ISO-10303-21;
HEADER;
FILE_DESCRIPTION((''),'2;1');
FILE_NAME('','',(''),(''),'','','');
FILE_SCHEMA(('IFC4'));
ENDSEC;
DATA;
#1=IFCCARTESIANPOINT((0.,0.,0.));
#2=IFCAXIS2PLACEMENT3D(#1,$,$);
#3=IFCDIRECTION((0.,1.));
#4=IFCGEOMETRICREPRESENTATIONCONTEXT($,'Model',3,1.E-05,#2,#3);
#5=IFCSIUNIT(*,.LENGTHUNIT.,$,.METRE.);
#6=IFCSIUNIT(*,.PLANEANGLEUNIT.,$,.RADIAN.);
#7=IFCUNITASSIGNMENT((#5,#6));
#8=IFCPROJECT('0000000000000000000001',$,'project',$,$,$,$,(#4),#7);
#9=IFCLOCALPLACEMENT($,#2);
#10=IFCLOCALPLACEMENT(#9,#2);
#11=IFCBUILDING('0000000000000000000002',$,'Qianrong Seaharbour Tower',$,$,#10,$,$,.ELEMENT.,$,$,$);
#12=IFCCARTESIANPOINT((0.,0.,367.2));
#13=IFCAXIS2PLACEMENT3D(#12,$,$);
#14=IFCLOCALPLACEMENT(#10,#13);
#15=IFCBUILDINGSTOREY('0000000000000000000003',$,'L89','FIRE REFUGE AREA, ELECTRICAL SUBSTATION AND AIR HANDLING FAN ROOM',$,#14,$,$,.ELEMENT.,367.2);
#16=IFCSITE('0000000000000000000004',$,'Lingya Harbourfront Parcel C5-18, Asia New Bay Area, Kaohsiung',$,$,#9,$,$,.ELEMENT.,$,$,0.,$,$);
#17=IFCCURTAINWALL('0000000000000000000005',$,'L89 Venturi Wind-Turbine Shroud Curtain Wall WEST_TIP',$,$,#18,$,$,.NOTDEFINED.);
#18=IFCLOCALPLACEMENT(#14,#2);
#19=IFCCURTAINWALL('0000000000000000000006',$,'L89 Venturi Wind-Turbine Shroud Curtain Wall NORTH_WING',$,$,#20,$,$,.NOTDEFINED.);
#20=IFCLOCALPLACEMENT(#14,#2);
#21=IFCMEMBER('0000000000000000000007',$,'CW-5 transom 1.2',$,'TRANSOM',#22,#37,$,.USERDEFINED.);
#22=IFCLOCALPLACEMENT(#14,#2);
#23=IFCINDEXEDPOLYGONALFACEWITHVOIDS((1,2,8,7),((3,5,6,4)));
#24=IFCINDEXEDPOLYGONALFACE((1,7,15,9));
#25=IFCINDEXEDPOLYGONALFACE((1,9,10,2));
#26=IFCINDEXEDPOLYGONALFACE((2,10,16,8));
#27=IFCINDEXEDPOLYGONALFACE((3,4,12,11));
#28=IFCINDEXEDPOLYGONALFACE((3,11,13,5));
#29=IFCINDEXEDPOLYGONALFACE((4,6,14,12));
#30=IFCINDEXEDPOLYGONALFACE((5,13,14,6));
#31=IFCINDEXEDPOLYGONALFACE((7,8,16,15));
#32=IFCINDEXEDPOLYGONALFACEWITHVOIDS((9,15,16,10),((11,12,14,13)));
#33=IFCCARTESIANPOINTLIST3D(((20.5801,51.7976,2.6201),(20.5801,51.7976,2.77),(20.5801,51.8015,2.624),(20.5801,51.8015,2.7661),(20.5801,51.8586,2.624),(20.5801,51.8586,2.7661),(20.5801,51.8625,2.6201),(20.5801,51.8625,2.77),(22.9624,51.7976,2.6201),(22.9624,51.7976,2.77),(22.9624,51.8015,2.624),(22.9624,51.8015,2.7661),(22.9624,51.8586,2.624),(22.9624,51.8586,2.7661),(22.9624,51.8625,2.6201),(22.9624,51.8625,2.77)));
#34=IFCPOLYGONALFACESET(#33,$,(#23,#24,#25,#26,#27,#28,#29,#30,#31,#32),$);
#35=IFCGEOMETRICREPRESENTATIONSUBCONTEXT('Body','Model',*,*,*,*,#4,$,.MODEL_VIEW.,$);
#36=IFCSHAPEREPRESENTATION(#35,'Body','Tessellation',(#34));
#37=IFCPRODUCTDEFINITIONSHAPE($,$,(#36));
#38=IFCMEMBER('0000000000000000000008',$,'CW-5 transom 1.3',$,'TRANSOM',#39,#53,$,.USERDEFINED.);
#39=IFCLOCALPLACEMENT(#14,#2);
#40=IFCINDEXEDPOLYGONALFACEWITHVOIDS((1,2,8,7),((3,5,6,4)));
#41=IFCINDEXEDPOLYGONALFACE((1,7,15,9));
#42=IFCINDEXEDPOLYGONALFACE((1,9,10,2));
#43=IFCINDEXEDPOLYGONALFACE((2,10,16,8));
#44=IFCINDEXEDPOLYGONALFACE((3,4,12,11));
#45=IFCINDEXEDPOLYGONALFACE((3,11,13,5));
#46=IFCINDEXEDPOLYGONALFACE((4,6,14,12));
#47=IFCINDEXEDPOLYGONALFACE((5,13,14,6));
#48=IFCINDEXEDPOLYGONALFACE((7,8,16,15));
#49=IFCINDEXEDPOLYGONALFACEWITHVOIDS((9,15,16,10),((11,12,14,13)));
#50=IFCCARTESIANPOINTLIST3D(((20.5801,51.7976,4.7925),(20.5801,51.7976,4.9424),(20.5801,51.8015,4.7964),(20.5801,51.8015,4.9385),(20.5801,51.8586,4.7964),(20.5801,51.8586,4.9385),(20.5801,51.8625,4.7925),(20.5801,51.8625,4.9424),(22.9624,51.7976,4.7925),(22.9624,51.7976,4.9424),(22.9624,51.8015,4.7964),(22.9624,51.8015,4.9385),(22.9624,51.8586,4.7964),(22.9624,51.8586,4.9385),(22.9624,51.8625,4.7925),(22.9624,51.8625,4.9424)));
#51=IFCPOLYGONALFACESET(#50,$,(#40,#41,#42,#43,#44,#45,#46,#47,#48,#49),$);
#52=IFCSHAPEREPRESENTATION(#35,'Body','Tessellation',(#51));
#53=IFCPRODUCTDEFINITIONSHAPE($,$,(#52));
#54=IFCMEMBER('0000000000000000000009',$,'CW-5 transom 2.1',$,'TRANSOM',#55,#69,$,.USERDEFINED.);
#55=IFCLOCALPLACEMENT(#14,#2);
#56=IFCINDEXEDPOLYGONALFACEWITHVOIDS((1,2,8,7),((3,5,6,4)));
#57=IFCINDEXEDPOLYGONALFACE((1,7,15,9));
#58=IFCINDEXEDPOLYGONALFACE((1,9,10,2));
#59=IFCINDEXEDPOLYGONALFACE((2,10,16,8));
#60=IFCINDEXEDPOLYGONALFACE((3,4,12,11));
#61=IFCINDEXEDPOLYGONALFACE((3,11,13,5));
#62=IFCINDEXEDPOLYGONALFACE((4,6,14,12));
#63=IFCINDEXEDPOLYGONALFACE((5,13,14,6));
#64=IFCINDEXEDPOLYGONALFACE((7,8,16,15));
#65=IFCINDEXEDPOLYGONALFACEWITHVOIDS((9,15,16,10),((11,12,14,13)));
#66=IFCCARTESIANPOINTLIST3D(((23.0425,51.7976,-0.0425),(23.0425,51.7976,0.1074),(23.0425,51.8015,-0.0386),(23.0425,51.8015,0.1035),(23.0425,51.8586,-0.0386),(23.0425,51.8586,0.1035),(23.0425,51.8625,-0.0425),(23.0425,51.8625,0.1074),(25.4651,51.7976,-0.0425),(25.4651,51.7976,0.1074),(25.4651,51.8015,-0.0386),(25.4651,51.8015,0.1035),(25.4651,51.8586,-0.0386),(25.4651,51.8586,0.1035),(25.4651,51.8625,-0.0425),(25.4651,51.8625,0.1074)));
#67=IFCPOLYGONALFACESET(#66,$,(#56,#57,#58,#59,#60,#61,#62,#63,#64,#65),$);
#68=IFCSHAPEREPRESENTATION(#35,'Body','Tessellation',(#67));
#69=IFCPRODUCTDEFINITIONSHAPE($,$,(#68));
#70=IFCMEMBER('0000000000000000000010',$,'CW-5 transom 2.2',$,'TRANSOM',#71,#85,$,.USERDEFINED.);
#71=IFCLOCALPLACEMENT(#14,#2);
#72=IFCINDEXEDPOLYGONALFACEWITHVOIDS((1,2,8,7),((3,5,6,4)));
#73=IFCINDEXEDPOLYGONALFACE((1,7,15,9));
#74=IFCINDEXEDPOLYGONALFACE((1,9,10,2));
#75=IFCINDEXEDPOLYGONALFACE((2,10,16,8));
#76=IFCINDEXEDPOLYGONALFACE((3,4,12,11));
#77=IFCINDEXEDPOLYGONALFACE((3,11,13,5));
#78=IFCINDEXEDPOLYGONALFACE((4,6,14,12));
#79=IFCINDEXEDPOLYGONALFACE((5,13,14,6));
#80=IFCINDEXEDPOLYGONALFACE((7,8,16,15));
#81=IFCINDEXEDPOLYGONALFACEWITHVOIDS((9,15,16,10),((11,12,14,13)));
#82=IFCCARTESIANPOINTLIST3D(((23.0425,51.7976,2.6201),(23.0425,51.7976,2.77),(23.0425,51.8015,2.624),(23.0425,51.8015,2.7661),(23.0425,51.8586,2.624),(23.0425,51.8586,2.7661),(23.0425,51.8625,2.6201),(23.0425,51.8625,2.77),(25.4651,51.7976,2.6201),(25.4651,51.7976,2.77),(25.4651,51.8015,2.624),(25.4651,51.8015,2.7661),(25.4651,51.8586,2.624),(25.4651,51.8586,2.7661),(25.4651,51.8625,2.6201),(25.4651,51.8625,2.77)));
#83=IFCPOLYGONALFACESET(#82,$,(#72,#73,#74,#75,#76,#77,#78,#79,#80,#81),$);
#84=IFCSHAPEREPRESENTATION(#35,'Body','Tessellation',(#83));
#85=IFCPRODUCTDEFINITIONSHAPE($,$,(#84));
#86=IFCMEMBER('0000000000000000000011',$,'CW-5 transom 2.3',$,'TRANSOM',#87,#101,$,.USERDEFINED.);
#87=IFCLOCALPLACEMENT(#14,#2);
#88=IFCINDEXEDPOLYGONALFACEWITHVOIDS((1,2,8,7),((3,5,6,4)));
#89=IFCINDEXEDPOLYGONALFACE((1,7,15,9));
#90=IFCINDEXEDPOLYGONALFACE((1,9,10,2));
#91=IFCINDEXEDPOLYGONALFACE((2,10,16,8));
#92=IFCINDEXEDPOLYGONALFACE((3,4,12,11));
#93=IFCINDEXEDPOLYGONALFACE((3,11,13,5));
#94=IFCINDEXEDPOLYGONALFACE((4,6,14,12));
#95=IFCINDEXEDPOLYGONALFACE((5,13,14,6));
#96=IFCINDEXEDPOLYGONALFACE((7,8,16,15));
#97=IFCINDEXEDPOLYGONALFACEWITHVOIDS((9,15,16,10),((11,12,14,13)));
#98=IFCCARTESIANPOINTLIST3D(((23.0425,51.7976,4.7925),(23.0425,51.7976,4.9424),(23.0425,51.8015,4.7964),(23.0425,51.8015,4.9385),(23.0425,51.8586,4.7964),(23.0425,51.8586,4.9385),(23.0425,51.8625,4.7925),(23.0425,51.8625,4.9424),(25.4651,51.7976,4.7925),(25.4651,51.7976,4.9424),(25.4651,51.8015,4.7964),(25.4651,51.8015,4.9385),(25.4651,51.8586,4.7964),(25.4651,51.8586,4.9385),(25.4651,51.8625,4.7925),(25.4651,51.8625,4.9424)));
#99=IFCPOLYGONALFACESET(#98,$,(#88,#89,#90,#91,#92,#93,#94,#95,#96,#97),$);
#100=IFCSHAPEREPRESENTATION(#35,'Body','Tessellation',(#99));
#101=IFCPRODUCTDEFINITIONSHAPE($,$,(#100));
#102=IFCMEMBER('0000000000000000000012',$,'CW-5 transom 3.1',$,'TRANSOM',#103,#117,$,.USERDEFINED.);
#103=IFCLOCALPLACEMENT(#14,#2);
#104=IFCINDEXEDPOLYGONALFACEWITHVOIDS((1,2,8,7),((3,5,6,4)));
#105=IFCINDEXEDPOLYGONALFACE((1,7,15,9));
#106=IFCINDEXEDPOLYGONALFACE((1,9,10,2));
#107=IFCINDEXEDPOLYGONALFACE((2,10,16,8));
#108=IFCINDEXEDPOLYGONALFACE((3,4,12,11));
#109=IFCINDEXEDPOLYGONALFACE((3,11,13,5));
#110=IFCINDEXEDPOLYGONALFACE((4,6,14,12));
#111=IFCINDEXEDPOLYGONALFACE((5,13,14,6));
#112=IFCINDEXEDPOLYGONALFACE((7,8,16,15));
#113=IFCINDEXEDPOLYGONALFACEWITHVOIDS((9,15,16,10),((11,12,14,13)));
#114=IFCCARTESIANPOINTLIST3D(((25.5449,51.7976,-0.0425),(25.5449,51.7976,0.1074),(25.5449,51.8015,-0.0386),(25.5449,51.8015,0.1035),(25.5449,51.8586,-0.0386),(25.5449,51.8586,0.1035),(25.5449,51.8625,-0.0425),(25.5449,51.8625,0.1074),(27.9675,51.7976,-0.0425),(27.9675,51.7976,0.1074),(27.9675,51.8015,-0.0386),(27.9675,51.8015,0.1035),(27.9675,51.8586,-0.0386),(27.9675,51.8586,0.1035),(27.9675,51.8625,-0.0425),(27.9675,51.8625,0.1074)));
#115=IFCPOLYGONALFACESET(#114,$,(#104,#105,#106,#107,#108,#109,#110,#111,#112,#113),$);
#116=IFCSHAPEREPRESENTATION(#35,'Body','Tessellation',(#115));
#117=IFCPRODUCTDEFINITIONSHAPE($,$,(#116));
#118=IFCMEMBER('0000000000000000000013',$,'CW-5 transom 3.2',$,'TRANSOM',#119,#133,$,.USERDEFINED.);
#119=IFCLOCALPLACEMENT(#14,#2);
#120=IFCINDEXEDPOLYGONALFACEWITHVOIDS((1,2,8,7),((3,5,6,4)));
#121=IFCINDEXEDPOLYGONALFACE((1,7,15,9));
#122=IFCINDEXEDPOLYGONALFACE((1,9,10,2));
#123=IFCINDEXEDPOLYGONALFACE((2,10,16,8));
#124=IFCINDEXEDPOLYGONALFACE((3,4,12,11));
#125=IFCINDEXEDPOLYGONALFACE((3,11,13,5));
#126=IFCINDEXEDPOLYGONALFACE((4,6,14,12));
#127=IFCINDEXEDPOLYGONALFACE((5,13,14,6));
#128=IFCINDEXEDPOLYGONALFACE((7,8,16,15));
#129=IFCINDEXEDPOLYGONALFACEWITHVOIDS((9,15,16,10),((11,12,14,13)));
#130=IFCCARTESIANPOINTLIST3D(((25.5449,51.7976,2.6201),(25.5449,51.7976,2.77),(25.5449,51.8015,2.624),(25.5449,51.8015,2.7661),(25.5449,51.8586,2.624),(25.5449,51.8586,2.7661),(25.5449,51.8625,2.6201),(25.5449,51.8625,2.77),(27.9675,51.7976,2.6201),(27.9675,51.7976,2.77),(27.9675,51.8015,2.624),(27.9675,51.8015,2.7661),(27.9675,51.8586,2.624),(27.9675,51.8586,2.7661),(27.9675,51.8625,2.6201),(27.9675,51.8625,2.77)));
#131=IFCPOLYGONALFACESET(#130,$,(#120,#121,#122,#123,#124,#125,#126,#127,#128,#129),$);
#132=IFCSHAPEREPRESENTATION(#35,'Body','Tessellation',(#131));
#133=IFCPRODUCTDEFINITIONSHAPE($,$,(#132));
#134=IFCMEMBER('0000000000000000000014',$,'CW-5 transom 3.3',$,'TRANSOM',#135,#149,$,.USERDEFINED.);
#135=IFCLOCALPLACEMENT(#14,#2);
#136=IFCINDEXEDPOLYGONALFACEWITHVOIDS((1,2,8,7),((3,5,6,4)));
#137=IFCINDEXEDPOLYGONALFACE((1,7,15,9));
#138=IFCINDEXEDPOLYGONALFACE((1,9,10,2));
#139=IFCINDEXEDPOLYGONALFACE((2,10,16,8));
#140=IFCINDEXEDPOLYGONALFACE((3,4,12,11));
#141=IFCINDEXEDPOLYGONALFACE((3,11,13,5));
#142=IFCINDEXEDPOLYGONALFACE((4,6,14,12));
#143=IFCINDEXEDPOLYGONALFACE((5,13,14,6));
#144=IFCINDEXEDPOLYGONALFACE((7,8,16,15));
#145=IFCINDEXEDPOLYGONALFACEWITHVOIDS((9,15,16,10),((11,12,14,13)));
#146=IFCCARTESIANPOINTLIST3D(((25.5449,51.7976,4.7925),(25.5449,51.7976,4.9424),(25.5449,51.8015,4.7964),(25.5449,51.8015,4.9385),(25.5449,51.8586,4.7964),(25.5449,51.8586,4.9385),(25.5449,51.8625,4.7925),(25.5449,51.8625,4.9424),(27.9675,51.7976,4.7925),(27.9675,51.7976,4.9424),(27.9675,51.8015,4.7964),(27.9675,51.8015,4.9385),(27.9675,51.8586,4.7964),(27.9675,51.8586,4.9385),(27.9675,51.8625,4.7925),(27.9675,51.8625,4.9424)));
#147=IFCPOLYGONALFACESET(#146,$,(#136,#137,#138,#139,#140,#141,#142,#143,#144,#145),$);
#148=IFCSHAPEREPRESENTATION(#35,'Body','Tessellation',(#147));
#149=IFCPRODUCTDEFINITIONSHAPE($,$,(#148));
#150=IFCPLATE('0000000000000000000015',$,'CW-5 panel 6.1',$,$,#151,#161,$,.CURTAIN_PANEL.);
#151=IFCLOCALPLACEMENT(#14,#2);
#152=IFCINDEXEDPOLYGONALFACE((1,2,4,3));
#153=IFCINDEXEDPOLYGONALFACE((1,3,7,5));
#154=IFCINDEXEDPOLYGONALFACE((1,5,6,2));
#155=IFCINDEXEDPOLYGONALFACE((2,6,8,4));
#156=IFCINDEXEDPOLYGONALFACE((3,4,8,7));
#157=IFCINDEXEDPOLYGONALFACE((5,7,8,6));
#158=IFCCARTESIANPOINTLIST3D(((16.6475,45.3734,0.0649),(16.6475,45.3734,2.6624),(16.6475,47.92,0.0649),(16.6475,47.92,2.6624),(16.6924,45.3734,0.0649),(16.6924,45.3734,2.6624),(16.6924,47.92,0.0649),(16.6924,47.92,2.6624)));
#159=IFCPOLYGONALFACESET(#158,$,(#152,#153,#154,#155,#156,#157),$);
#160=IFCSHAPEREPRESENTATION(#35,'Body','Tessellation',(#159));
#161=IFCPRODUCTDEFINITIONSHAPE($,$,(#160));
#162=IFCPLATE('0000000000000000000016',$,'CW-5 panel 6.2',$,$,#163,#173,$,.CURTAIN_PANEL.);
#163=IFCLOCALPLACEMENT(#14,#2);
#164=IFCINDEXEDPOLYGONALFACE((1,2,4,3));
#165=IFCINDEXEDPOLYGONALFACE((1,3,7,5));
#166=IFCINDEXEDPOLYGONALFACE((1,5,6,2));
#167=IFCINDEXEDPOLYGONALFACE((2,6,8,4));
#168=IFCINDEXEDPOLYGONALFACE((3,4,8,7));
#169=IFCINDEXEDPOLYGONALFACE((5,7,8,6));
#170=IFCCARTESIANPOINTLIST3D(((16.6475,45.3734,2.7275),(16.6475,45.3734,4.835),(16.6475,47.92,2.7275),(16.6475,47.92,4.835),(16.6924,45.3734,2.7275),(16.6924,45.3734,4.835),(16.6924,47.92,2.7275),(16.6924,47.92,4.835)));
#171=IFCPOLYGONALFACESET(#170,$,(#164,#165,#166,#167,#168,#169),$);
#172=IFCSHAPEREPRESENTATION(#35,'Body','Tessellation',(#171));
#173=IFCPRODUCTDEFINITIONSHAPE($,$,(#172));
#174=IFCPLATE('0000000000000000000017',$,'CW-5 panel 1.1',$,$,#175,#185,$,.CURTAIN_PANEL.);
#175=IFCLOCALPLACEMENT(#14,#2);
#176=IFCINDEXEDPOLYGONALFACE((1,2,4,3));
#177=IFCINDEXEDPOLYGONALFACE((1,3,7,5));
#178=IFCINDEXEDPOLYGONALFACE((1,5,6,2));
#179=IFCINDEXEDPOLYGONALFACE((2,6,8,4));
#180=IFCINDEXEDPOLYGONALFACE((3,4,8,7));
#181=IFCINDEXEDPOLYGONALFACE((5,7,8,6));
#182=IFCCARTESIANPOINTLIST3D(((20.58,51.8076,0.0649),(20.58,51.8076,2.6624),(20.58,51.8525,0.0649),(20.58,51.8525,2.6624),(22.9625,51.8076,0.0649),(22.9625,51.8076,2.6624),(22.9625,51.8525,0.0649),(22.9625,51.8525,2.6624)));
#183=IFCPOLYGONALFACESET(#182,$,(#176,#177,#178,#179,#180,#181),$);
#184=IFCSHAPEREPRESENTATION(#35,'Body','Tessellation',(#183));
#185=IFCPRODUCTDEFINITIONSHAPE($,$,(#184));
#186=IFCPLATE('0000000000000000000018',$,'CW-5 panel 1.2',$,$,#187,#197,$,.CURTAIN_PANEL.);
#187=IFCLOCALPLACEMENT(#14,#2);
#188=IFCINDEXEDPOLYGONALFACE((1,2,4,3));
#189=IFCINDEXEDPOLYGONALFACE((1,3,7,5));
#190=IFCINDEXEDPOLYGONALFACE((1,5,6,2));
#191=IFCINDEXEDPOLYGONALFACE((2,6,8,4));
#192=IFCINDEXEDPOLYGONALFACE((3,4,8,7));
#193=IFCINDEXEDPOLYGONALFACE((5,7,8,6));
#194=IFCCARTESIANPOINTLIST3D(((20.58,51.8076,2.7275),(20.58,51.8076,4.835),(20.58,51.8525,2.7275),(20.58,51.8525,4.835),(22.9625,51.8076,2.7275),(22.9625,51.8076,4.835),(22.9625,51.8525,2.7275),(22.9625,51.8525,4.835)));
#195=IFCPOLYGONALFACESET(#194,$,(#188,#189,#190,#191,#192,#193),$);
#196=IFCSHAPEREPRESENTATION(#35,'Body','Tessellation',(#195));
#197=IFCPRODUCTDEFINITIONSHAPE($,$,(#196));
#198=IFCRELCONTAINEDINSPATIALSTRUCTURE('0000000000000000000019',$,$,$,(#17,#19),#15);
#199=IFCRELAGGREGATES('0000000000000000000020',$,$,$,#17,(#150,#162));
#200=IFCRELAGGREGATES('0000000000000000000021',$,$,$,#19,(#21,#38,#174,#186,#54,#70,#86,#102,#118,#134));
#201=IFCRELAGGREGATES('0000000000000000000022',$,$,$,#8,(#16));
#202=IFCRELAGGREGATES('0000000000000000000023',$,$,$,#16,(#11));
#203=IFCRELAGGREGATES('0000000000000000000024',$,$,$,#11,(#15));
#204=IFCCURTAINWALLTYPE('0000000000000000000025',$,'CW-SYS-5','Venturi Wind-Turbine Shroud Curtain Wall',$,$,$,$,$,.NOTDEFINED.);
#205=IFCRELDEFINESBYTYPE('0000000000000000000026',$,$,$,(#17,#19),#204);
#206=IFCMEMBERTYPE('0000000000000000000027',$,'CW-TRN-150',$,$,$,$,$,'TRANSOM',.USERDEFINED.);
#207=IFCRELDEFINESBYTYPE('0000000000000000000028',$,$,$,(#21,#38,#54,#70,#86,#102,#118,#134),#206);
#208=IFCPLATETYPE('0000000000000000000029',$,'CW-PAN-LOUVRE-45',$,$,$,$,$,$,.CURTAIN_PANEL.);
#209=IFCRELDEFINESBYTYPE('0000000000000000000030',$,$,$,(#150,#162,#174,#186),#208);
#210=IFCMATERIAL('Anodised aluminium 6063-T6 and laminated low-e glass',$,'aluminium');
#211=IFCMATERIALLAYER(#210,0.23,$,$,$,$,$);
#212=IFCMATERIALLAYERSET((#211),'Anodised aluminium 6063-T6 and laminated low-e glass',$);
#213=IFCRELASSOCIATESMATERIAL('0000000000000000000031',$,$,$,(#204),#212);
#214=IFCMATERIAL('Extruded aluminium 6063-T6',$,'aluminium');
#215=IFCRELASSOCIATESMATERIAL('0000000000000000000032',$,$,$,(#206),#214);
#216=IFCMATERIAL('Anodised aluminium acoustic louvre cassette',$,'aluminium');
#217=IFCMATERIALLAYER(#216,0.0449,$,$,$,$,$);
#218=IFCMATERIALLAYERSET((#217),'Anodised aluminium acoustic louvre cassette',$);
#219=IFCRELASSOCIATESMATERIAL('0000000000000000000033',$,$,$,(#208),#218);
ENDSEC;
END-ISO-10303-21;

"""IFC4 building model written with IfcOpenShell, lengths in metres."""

from ifc_helpers import new_model, si_unit, direction, frame, origin, origin_2d, place, context, subcontext, project, spatial, rectangle, hollow_rectangle, extrude, material, layer, layer_set, material_profile, profile_set, type_object, element, aggregate, save


model = new_model("IFC4")

# Units and contexts
model_context = context("Model", 3, precision=1e-05, world=origin(), true_north=direction((0.0, 1.0)))
body_context = subcontext(model_context, "Body", "Model", "MODEL_VIEW")
ifc_project = project(units=[si_unit("LENGTHUNIT", "METRE"), si_unit("PLANEANGLEUNIT", "RADIAN")], contexts=[model_context])

# Site, building, storey
site_placement = place(None, origin())
site = spatial("IfcSite", under=ifc_project, at=site_placement, Name="Lingya Harbourfront Parcel C5-18, Asia New Bay Area, Kaohsiung", CompositionType="ELEMENT", RefElevation=0.0)
building_placement = place(site_placement, origin())
building = spatial("IfcBuilding", under=site, at=building_placement, Name="Qianrong Seaharbour Tower", CompositionType="ELEMENT")
storey_placement = place(building_placement, frame((0.0, 0.0, 367.2)))
storey = spatial("IfcBuildingStorey", under=building, at=storey_placement, Name="L89", Description="FIRE REFUGE AREA, ELECTRICAL SUBSTATION AND AIR HANDLING FAN ROOM", CompositionType="ELEMENT", Elevation=367.2)

# Curtain wall
ifc_material_1 = material(Name="Anodised aluminium 6063-T6 and laminated low-e glass", Category="aluminium")
ifc_layer_1 = layer(ifc_material_1, 0.23)
ifc_layer_set_1 = layer_set([ifc_layer_1], Name="Anodised aluminium 6063-T6 and laminated low-e glass")
curtain_wall_type = type_object("IfcCurtainWallType", Name="CW-SYS-5", Description="Venturi Wind-Turbine Shroud Curtain Wall", PredefinedType="NOTDEFINED", material=ifc_layer_set_1)
curtain_wall_1_placement = place(storey_placement, origin())
curtain_wall_1 = element("IfcCurtainWall", 1, at=curtain_wall_1_placement, inside=storey, type_object=curtain_wall_type, Name="L89 Venturi Wind-Turbine Shroud Curtain Wall WEST_TIP", PredefinedType="NOTDEFINED")
ifc_material_2 = material(Name="Extruded aluminium 6063-T6", Category="aluminium")

# Curtain wall, members
curtain_wall_2_placement = place(storey_placement, origin())
curtain_wall_2 = element("IfcCurtainWall", 2, at=curtain_wall_2_placement, inside=storey, type_object=curtain_wall_type, Name="L89 Venturi Wind-Turbine Shroud Curtain Wall NORTH_WING", PredefinedType="NOTDEFINED")
ifc_material_profile_1 = material_profile(ifc_material_2, hollow_rectangle(XDim=0.0649, YDim=0.1499, WallThickness=0.0039, at=origin_2d()), Name="ALU-TRN-150x65x4")
ifc_profile_set_1 = profile_set([ifc_material_profile_1], Name="Extruded aluminium 6063-T6")
member_type_1 = type_object("IfcMemberType", Name="CW-TRN-150", ElementType="TRANSOM", PredefinedType="USERDEFINED", material=ifc_profile_set_1)
member_1_placement = place(storey_placement, frame((20.5801, 51.8301, 2.6951), z_axis=(1.0, 0.0, 0.0), x_axis=(0.0, 1.0, 0.0)))
member_1 = element("IfcMember", 3, at=member_1_placement, type_object=member_type_1, Name="CW-5 transom 1.2", ObjectType="TRANSOM", PredefinedType="USERDEFINED", context=body_context, shape_type="SweptSolid", body=[
    extrude(hollow_rectangle(XDim=0.0649, YDim=0.1499, WallThickness=0.0039, at=origin_2d()), origin(), (0.0, 0.0, 1.0), 2.3823),
])
member_2_placement = place(storey_placement, frame((20.5801, 51.8301, 4.8674), z_axis=(1.0, 0.0, 0.0), x_axis=(0.0, 1.0, 0.0)))
member_2 = element("IfcMember", 4, at=member_2_placement, type_object=member_type_1, Name="CW-5 transom 1.3", ObjectType="TRANSOM", PredefinedType="USERDEFINED", context=body_context, shape_type="SweptSolid", body=[
    extrude(hollow_rectangle(XDim=0.0649, YDim=0.1499, WallThickness=0.0039, at=origin_2d()), origin(), (0.0, 0.0, 1.0), 2.3823),
])
member_3_placement = place(storey_placement, frame((23.0425, 51.8301, 0.0325), z_axis=(1.0, 0.0, 0.0), x_axis=(0.0, 1.0, 0.0)))
member_3 = element("IfcMember", 5, at=member_3_placement, type_object=member_type_1, Name="CW-5 transom 2.1", ObjectType="TRANSOM", PredefinedType="USERDEFINED", context=body_context, shape_type="SweptSolid", body=[
    extrude(hollow_rectangle(XDim=0.0649, YDim=0.1499, WallThickness=0.0039, at=origin_2d()), origin(), (0.0, 0.0, 1.0), 2.4226),
])
member_4_placement = place(storey_placement, frame((23.0425, 51.8301, 2.6951), z_axis=(1.0, 0.0, 0.0), x_axis=(0.0, 1.0, 0.0)))
member_4 = element("IfcMember", 6, at=member_4_placement, type_object=member_type_1, Name="CW-5 transom 2.2", ObjectType="TRANSOM", PredefinedType="USERDEFINED", context=body_context, shape_type="SweptSolid", body=[
    extrude(hollow_rectangle(XDim=0.0649, YDim=0.1499, WallThickness=0.0039, at=origin_2d()), origin(), (0.0, 0.0, 1.0), 2.4226),
])
member_5_placement = place(storey_placement, frame((23.0425, 51.8301, 4.8674), z_axis=(1.0, 0.0, 0.0), x_axis=(0.0, 1.0, 0.0)))
member_5 = element("IfcMember", 7, at=member_5_placement, type_object=member_type_1, Name="CW-5 transom 2.3", ObjectType="TRANSOM", PredefinedType="USERDEFINED", context=body_context, shape_type="SweptSolid", body=[
    extrude(hollow_rectangle(XDim=0.0649, YDim=0.1499, WallThickness=0.0039, at=origin_2d()), origin(), (0.0, 0.0, 1.0), 2.4226),
])
member_6_placement = place(storey_placement, frame((25.5449, 51.8301, 0.0325), z_axis=(1.0, 0.0, 0.0), x_axis=(0.0, 1.0, 0.0)))
member_6 = element("IfcMember", 8, at=member_6_placement, type_object=member_type_1, Name="CW-5 transom 3.1", ObjectType="TRANSOM", PredefinedType="USERDEFINED", context=body_context, shape_type="SweptSolid", body=[
    extrude(hollow_rectangle(XDim=0.0649, YDim=0.1499, WallThickness=0.0039, at=origin_2d()), origin(), (0.0, 0.0, 1.0), 2.4226),
])
member_7_placement = place(storey_placement, frame((25.5449, 51.8301, 2.6951), z_axis=(1.0, 0.0, 0.0), x_axis=(0.0, 1.0, 0.0)))
member_7 = element("IfcMember", 9, at=member_7_placement, type_object=member_type_1, Name="CW-5 transom 3.2", ObjectType="TRANSOM", PredefinedType="USERDEFINED", context=body_context, shape_type="SweptSolid", body=[
    extrude(hollow_rectangle(XDim=0.0649, YDim=0.1499, WallThickness=0.0039, at=origin_2d()), origin(), (0.0, 0.0, 1.0), 2.4226),
])
member_8_placement = place(storey_placement, frame((25.5449, 51.8301, 4.8674), z_axis=(1.0, 0.0, 0.0), x_axis=(0.0, 1.0, 0.0)))
member_8 = element("IfcMember", 10, at=member_8_placement, type_object=member_type_1, Name="CW-5 transom 3.3", ObjectType="TRANSOM", PredefinedType="USERDEFINED", context=body_context, shape_type="SweptSolid", body=[
    extrude(hollow_rectangle(XDim=0.0649, YDim=0.1499, WallThickness=0.0039, at=origin_2d()), origin(), (0.0, 0.0, 1.0), 2.4226),
])

# Plates
ifc_material_3 = material(Name="Anodised aluminium acoustic louvre cassette", Category="aluminium")
ifc_layer_2 = layer(ifc_material_3, 0.0449)
ifc_layer_set_2 = layer_set([ifc_layer_2], Name="Anodised aluminium acoustic louvre cassette")
plate_type = type_object("IfcPlateType", Name="CW-PAN-LOUVRE-45", PredefinedType="CURTAIN_PANEL", material=ifc_layer_set_2)
plate_1_placement = place(storey_placement, frame((16.6699, 46.6467, 0.0649), z_axis=(0.0, 0.0, 1.0), x_axis=(0.0, 1.0, 0.0)))
plate_1 = element("IfcPlate", 11, at=plate_1_placement, type_object=plate_type, Name="CW-5 panel 6.1", PredefinedType="CURTAIN_PANEL", context=body_context, shape_type="SweptSolid", body=[
    extrude(rectangle(XDim=2.5466, YDim=0.0449, at=origin_2d()), origin(), (0.0, 0.0, 1.0), 2.5974),
])
plate_2_placement = place(storey_placement, frame((16.6699, 46.6467, 2.7275), z_axis=(0.0, 0.0, 1.0), x_axis=(0.0, 1.0, 0.0)))
plate_2 = element("IfcPlate", 12, at=plate_2_placement, type_object=plate_type, Name="CW-5 panel 6.2", PredefinedType="CURTAIN_PANEL", context=body_context, shape_type="SweptSolid", body=[
    extrude(rectangle(XDim=2.5466, YDim=0.0449, at=origin_2d()), origin(), (0.0, 0.0, 1.0), 2.1074),
])
aggregate(curtain_wall_1, [plate_1, plate_2])
plate_3_placement = place(storey_placement, frame((21.7712, 51.8301, 0.0649), z_axis=(0.0, 0.0, 1.0), x_axis=(1.0, 0.0, 0.0)))
plate_3 = element("IfcPlate", 13, at=plate_3_placement, type_object=plate_type, Name="CW-5 panel 1.1", PredefinedType="CURTAIN_PANEL", context=body_context, shape_type="SweptSolid", body=[
    extrude(rectangle(XDim=2.3826, YDim=0.0449, at=origin_2d()), origin(), (0.0, 0.0, 1.0), 2.5974),
])
plate_4_placement = place(storey_placement, frame((21.7712, 51.8301, 2.7275), z_axis=(0.0, 0.0, 1.0), x_axis=(1.0, 0.0, 0.0)))
plate_4 = element("IfcPlate", 14, at=plate_4_placement, type_object=plate_type, Name="CW-5 panel 1.2", PredefinedType="CURTAIN_PANEL", context=body_context, shape_type="SweptSolid", body=[
    extrude(rectangle(XDim=2.3826, YDim=0.0449, at=origin_2d()), origin(), (0.0, 0.0, 1.0), 2.1074),
])
aggregate(curtain_wall_2, [member_1, member_2, plate_3, plate_4, member_3, member_4, member_5, member_6, member_7, member_8])

save(model, "model.ifc")
